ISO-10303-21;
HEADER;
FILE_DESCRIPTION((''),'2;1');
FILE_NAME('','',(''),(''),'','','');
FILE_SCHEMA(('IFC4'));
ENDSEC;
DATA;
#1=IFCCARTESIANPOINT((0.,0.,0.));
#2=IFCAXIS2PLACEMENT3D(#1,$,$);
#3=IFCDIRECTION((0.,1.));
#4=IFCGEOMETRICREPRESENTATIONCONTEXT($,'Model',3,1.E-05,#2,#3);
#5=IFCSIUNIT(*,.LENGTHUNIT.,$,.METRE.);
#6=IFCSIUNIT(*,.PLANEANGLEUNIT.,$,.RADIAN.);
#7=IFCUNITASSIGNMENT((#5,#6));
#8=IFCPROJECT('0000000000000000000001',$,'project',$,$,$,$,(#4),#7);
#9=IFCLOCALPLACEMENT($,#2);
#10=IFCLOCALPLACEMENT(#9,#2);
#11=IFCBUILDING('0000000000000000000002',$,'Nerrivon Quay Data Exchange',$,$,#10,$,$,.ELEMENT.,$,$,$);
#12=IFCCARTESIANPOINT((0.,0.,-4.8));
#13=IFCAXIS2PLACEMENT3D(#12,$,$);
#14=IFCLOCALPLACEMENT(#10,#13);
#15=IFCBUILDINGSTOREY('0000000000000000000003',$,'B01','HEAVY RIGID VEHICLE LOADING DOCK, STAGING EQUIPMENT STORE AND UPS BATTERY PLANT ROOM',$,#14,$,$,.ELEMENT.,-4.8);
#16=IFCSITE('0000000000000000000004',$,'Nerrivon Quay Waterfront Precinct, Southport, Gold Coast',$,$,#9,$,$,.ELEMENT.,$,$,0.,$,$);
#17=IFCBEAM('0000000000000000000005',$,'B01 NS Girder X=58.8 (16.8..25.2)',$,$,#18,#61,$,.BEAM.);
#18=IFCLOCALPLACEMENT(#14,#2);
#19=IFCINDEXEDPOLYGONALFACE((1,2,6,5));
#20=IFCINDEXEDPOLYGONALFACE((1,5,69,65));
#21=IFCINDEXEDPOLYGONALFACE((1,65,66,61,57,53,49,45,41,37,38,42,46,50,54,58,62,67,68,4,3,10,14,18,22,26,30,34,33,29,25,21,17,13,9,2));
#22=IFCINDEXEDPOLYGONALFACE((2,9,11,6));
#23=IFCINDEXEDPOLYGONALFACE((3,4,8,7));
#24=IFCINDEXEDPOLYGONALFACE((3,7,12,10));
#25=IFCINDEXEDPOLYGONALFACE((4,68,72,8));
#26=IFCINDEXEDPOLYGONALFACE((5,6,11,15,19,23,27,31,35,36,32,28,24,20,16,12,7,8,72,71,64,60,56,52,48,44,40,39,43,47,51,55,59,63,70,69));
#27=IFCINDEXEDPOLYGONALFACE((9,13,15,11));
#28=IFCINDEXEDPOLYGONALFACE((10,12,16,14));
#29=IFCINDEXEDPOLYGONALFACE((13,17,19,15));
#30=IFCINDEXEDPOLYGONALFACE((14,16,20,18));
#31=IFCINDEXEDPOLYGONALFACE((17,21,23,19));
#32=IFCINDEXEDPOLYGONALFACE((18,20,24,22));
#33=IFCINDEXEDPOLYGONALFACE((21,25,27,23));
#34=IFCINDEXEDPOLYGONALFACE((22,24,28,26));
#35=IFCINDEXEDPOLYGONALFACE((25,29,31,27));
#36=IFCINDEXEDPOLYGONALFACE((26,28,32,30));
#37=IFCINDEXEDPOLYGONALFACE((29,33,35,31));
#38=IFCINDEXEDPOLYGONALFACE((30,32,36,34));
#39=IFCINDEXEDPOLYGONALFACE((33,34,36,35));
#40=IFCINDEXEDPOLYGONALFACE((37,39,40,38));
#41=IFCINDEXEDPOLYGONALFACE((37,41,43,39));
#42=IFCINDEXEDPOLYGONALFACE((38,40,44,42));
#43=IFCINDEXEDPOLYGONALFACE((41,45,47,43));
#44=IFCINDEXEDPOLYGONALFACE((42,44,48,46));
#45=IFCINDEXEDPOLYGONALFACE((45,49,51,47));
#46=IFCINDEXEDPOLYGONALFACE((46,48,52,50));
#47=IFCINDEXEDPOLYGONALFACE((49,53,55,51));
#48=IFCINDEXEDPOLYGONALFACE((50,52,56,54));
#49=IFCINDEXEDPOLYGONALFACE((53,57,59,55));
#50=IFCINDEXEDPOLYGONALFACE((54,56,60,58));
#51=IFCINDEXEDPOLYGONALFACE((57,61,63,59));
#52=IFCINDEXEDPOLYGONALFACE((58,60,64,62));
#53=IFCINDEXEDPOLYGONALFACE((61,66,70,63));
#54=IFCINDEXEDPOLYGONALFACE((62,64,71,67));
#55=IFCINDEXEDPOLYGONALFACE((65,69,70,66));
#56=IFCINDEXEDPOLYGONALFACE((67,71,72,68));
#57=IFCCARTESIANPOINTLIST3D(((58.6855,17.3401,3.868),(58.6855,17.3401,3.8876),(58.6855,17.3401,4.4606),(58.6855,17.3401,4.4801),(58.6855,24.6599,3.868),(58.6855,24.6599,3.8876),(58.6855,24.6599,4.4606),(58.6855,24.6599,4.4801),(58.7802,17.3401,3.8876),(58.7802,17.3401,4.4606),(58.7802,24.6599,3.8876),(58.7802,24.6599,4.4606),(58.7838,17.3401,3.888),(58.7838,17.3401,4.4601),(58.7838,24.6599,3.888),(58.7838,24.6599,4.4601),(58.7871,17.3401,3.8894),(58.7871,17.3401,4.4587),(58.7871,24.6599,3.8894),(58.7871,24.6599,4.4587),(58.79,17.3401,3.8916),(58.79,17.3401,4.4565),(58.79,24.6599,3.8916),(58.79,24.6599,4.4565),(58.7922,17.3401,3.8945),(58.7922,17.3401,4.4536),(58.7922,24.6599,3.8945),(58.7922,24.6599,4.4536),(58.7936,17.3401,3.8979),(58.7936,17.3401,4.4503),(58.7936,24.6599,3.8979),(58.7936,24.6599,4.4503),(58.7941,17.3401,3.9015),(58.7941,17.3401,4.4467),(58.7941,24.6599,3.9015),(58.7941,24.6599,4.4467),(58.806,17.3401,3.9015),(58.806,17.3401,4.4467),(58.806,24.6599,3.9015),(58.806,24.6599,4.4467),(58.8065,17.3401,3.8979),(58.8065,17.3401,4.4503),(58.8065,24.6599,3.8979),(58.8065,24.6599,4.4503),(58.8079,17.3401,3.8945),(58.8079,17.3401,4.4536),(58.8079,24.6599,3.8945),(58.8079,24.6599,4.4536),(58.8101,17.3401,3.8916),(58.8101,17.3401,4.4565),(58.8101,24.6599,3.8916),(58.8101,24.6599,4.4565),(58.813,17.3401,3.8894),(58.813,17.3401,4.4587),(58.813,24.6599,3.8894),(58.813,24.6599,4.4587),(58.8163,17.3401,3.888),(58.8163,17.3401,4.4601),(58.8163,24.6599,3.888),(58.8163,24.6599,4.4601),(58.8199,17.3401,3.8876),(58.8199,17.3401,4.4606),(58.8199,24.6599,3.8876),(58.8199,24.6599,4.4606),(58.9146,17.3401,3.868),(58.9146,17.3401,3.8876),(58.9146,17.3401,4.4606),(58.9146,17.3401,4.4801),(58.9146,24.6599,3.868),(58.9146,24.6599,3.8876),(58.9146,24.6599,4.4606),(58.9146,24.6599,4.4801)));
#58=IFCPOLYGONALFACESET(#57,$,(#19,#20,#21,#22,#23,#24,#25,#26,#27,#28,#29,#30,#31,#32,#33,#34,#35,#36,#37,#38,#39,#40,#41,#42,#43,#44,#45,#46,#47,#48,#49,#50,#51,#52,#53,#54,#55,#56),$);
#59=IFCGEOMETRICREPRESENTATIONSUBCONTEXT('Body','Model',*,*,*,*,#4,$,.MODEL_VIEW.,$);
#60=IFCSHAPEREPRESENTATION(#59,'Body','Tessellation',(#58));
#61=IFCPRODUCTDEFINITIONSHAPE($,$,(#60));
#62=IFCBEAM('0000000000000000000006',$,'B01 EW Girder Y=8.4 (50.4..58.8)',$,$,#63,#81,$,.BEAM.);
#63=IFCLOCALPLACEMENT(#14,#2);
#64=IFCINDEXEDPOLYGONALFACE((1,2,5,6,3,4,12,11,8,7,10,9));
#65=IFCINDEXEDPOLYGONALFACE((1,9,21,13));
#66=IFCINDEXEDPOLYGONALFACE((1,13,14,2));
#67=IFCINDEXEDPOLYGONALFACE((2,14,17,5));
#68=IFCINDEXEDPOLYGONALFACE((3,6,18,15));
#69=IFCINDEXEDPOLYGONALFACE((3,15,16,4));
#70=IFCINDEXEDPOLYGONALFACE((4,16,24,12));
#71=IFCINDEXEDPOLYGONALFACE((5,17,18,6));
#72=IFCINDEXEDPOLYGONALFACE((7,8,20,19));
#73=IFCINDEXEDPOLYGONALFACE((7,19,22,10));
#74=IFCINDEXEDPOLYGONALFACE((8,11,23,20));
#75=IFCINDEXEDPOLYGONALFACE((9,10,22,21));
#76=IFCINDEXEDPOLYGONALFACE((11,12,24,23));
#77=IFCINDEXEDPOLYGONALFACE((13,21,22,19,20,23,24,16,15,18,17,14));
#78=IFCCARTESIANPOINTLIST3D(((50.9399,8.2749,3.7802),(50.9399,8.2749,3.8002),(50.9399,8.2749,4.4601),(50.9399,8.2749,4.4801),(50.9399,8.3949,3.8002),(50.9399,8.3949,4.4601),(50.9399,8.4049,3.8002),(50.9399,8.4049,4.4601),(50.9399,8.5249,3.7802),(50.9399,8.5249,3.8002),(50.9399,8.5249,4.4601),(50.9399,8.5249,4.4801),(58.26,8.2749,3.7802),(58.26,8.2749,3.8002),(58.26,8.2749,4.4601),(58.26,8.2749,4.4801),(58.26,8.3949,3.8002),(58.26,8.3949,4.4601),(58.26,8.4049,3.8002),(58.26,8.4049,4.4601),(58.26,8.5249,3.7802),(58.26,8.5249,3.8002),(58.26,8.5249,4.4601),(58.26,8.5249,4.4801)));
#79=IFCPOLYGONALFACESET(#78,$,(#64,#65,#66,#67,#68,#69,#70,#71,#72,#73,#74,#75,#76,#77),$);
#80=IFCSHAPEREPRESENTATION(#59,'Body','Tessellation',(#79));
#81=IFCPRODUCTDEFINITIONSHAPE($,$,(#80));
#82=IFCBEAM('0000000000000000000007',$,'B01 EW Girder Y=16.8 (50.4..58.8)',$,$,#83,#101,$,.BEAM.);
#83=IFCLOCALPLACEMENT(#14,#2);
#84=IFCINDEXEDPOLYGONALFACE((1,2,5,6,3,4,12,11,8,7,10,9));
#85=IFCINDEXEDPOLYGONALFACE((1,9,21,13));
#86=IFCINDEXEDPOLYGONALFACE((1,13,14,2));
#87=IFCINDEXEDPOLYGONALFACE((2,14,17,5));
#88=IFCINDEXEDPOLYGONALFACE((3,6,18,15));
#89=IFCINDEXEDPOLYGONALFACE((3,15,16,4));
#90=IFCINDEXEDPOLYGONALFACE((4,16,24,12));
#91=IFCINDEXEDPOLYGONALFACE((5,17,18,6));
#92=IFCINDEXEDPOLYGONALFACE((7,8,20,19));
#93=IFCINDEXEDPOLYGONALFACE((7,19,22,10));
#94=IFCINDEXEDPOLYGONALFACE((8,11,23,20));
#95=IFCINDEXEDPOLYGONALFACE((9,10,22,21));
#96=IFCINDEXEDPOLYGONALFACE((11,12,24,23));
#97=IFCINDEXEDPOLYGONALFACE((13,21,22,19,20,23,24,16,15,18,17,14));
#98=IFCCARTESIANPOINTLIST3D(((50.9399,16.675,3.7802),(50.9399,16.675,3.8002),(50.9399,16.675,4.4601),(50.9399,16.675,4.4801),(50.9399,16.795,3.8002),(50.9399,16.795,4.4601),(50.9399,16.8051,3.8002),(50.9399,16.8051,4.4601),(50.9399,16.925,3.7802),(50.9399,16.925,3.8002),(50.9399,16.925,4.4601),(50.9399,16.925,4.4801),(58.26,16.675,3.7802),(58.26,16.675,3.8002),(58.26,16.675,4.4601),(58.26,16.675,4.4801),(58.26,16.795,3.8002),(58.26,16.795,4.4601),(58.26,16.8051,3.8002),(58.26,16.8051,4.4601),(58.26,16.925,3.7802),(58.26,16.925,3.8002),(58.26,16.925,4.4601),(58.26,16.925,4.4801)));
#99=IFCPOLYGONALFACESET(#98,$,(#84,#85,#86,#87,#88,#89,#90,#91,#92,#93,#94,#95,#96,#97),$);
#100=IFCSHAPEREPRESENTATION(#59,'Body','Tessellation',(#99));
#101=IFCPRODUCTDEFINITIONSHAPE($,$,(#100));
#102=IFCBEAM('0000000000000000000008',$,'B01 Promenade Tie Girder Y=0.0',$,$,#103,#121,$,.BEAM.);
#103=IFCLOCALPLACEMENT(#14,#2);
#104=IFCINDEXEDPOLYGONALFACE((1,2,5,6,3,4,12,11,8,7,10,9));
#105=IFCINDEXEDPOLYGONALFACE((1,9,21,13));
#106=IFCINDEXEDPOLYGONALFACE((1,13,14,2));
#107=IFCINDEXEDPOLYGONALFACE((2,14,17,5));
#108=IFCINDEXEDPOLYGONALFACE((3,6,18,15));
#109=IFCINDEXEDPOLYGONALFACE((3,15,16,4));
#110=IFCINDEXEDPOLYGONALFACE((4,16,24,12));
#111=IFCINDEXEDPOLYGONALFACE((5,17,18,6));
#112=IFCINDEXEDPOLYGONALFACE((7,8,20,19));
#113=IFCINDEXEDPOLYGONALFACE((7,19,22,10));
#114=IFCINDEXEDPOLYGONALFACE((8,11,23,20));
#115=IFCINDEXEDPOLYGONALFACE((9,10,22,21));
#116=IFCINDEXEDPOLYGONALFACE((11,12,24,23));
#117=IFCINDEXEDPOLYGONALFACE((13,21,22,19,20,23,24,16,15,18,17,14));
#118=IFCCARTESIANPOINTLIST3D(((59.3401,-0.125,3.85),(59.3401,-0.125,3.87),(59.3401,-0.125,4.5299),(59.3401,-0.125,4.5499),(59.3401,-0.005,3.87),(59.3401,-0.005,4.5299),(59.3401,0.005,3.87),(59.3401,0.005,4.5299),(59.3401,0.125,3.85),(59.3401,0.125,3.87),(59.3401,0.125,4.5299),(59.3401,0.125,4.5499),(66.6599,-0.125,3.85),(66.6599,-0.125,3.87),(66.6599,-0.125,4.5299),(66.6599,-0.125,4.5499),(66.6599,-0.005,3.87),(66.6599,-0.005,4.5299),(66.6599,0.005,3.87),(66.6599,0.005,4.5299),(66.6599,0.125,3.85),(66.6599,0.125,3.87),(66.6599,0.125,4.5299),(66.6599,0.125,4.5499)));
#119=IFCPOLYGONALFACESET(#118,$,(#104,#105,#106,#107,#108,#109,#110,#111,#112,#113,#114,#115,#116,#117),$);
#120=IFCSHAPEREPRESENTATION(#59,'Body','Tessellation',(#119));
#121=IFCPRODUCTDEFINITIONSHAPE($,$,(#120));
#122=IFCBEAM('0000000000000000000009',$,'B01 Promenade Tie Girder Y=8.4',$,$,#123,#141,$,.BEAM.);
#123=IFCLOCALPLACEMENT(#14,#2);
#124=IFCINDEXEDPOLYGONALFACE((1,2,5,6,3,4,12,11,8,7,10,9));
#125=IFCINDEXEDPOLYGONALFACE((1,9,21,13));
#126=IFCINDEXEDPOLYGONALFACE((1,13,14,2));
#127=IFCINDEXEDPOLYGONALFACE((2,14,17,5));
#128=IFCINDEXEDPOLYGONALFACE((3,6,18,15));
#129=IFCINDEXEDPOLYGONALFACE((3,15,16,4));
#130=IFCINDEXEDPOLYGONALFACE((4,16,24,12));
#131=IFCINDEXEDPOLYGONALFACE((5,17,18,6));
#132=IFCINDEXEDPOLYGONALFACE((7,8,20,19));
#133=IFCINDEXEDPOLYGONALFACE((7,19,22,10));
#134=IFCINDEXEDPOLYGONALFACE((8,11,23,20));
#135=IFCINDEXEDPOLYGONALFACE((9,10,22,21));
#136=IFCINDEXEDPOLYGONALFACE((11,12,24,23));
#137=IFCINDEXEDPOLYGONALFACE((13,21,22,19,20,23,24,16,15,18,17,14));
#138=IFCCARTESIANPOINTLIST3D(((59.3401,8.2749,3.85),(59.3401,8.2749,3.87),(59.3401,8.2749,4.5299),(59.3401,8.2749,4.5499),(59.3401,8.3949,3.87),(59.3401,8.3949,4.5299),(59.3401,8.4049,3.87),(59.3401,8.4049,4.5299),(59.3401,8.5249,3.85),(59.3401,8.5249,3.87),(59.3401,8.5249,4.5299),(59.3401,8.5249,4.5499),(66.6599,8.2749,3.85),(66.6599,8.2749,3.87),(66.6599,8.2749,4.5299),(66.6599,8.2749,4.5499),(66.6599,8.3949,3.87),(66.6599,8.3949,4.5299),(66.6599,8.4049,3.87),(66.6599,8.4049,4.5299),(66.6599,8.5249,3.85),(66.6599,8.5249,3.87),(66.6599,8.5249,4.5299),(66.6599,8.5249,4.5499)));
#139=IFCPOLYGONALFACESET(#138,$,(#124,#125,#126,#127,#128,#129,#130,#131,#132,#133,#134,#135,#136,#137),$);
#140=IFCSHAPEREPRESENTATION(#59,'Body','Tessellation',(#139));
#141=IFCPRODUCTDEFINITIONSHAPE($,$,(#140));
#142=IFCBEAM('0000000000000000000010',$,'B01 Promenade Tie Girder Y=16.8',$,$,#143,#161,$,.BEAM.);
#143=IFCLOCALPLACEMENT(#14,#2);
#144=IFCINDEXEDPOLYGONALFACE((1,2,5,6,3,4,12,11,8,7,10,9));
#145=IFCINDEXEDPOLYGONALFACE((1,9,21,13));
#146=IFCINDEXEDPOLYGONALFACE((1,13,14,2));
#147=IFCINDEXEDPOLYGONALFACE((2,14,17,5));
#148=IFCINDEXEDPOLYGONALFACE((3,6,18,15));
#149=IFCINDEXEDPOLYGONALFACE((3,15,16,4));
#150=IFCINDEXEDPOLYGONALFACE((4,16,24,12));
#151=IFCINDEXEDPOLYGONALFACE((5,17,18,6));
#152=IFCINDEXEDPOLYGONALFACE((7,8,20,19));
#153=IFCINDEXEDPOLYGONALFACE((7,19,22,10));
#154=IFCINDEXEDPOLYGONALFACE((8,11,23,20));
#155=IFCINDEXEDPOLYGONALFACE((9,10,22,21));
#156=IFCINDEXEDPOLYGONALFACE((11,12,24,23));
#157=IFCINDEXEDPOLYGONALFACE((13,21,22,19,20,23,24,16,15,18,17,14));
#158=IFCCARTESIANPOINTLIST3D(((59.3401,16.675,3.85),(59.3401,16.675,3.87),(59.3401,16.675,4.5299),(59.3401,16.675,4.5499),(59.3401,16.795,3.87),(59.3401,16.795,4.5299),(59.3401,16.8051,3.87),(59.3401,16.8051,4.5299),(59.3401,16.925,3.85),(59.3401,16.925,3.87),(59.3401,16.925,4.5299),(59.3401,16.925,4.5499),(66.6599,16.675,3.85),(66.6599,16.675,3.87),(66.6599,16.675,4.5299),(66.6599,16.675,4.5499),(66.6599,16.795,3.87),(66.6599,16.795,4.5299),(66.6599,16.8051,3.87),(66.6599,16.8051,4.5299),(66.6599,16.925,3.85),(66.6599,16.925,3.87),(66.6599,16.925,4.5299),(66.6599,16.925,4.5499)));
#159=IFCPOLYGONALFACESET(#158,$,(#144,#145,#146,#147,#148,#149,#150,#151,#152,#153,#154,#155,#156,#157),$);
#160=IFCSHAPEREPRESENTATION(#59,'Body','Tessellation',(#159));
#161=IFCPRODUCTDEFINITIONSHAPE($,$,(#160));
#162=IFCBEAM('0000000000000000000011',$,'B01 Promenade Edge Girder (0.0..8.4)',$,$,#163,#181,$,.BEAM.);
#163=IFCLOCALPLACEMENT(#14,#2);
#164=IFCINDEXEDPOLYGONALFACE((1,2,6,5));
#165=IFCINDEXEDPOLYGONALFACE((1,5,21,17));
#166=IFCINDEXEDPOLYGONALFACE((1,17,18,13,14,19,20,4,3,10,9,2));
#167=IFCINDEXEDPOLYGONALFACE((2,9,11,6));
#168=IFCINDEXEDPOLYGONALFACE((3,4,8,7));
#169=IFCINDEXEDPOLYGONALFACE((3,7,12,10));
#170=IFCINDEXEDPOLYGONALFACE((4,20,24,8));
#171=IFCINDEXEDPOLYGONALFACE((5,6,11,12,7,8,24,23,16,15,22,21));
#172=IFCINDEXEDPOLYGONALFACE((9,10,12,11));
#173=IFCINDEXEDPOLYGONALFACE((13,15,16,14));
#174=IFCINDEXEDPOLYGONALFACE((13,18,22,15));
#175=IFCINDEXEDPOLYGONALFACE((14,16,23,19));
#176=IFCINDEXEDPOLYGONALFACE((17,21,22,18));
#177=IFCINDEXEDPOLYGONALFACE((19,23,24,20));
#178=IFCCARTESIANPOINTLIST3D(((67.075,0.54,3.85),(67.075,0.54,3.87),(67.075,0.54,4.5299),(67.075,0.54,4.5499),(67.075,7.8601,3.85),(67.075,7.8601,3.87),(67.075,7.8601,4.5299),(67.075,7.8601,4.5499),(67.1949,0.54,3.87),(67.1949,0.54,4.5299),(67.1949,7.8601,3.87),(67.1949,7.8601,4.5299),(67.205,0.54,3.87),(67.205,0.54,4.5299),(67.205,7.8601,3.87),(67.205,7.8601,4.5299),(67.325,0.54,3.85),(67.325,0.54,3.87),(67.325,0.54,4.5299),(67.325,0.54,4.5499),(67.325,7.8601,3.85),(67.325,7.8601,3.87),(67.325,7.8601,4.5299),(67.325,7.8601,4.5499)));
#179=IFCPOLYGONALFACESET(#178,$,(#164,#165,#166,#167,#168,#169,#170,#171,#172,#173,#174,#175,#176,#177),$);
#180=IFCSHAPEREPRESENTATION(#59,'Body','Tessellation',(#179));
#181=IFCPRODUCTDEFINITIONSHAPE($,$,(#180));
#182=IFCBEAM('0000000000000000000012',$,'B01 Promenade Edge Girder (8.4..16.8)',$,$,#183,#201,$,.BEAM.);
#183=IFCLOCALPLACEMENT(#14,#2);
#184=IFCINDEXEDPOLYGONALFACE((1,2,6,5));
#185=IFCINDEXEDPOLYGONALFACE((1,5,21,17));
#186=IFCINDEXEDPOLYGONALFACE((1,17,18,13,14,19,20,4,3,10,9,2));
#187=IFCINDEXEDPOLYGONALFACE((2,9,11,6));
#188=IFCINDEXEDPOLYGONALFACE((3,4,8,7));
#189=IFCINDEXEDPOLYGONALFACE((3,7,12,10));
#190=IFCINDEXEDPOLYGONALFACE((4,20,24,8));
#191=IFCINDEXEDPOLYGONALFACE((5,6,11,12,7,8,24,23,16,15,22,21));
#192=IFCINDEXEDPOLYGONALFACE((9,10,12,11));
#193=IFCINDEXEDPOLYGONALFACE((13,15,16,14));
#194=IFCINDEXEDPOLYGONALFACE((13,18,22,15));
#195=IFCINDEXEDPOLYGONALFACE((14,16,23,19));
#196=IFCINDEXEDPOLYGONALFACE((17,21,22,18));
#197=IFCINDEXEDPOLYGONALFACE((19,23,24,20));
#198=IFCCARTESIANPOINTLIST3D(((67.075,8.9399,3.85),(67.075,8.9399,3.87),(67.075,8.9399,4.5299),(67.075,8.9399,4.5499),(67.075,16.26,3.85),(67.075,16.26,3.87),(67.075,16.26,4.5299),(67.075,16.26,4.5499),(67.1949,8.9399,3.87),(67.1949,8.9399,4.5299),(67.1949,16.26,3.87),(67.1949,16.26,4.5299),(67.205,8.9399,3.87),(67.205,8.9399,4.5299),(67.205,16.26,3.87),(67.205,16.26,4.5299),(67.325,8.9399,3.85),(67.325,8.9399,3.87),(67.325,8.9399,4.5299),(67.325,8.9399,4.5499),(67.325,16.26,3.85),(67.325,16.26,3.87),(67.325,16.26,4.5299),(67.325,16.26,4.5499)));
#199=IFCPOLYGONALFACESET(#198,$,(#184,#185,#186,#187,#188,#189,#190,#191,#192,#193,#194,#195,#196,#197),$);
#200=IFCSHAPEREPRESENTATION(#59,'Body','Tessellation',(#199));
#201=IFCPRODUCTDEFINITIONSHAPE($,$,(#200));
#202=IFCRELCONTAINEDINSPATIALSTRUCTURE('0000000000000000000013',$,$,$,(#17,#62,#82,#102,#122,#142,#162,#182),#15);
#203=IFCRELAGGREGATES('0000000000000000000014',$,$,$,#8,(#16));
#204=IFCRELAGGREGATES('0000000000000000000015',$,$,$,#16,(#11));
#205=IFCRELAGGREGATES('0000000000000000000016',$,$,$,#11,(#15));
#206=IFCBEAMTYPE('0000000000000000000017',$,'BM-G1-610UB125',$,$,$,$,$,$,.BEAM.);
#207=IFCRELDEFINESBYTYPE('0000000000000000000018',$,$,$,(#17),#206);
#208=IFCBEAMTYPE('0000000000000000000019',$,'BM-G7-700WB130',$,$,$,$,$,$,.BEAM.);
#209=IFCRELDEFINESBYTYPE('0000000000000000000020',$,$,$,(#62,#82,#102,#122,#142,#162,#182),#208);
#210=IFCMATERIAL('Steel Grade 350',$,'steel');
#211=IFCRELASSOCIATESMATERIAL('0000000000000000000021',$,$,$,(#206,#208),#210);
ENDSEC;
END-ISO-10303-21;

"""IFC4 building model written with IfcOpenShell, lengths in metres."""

from ifc_helpers import new_model, si_unit, direction, frame, origin, origin_2d, place, context, subcontext, project, spatial, i_section, extrude, material, material_profile, profile_set, type_object, element, save


model = new_model("IFC4")

# Units and contexts
model_context = context("Model", 3, precision=1e-05, world=origin(), true_north=direction((0.0, 1.0)))
body_context = subcontext(model_context, "Body", "Model", "MODEL_VIEW")
ifc_project = project(units=[si_unit("LENGTHUNIT", "METRE"), si_unit("PLANEANGLEUNIT", "RADIAN")], contexts=[model_context])

# Site, building, storey
site_placement = place(None, origin())
site = spatial("IfcSite", under=ifc_project, at=site_placement, Name="Nerrivon Quay Waterfront Precinct, Southport, Gold Coast", CompositionType="ELEMENT", RefElevation=0.0)
building_placement = place(site_placement, origin())
building = spatial("IfcBuilding", under=site, at=building_placement, Name="Nerrivon Quay Data Exchange", CompositionType="ELEMENT")
storey_placement = place(building_placement, frame((0.0, 0.0, -4.8)))
storey = spatial("IfcBuildingStorey", under=building, at=storey_placement, Name="B01", Description="HEAVY RIGID VEHICLE LOADING DOCK, STAGING EQUIPMENT STORE AND UPS BATTERY PLANT ROOM", CompositionType="ELEMENT", Elevation=-4.8)

# Beams
ifc_material_1 = material(Name="Steel Grade 350", Category="steel")
ifc_material_profile_1 = material_profile(ifc_material_1, i_section(OverallWidth=0.229, OverallDepth=0.6121, WebThickness=0.012, FlangeThickness=0.0195, FilletRadius=0.0139, at=origin_2d()), Name="610UB125")
ifc_profile_set_1 = profile_set([ifc_material_profile_1], Name="Steel Grade 350")
beam_type_1 = type_object("IfcBeamType", Name="BM-G1-610UB125", PredefinedType="BEAM", material=ifc_profile_set_1)
beam_1_placement = place(storey_placement, frame((58.8, 17.3401, 4.1741), z_axis=(0.0, 1.0, 0.0), x_axis=(-1.0, 0.0, 0.0)))
element("IfcBeam", 1, at=beam_1_placement, inside=storey, type_object=beam_type_1, Name="B01 NS Girder X=58.8 (16.8..25.2)", PredefinedType="BEAM", context=body_context, shape_type="SweptSolid", body=[
    extrude(i_section(OverallWidth=0.229, OverallDepth=0.6121, WebThickness=0.012, FlangeThickness=0.0195, FilletRadius=0.0139, at=origin_2d()), origin(), (0.0, 0.0, 1.0), 7.3198),
])
ifc_material_profile_2 = material_profile(ifc_material_1, i_section(OverallWidth=0.25, OverallDepth=0.7, WebThickness=0.01, FlangeThickness=0.02, at=origin_2d()), Name="700WB130")
ifc_profile_set_2 = profile_set([ifc_material_profile_2], Name="Steel Grade 350")
beam_type_2 = type_object("IfcBeamType", Name="BM-G7-700WB130", PredefinedType="BEAM", material=ifc_profile_set_2)
for number, where, z_axis, x_axis, name in (
    (2, (50.9399, 8.3999, 4.1301), (1.0, 0.0, 0.0), (0.0, 1.0, 0.0), "B01 EW Girder Y=8.4 (50.4..58.8)"),
    (3, (50.9399, 16.8, 4.1301), (1.0, 0.0, 0.0), (0.0, 1.0, 0.0), "B01 EW Girder Y=16.8 (50.4..58.8)"),
):
    element("IfcBeam", number, at=place(storey_placement, frame(where, z_axis=z_axis, x_axis=x_axis)), inside=storey, type_object=beam_type_2, Name=name, PredefinedType="BEAM", context=body_context, shape_type="SweptSolid", body=[
        extrude(i_section(OverallWidth=0.25, OverallDepth=0.7, WebThickness=0.01, FlangeThickness=0.02, at=origin_2d()), origin(), (0.0, 0.0, 1.0), 7.3201),
    ])
for number, where, z_axis, x_axis, name in (
    (4, (59.3401, 0.0, 4.2), (1.0, 0.0, 0.0), (0.0, 1.0, 0.0), "B01 Promenade Tie Girder Y=0.0"),
    (5, (59.3401, 8.3999, 4.2), (1.0, 0.0, 0.0), (0.0, 1.0, 0.0), "B01 Promenade Tie Girder Y=8.4"),
    (6, (59.3401, 16.8, 4.2), (1.0, 0.0, 0.0), (0.0, 1.0, 0.0), "B01 Promenade Tie Girder Y=16.8"),
):
    element("IfcBeam", number, at=place(storey_placement, frame(where, z_axis=z_axis, x_axis=x_axis)), inside=storey, type_object=beam_type_2, Name=name, PredefinedType="BEAM", context=body_context, shape_type="SweptSolid", body=[
        extrude(i_section(OverallWidth=0.25, OverallDepth=0.7, WebThickness=0.01, FlangeThickness=0.02, at=origin_2d()), origin(), (0.0, 0.0, 1.0), 7.3198),
    ])
for number, where, z_axis, x_axis, name in (
    (7, (67.2, 0.54, 4.2), (0.0, 1.0, 0.0), (-1.0, 0.0, 0.0), "B01 Promenade Edge Girder (0.0..8.4)"),
    (8, (67.2, 8.9399, 4.2), (0.0, 1.0, 0.0), (-1.0, 0.0, 0.0), "B01 Promenade Edge Girder (8.4..16.8)"),
):
    element("IfcBeam", number, at=place(storey_placement, frame(where, z_axis=z_axis, x_axis=x_axis)), inside=storey, type_object=beam_type_2, Name=name, PredefinedType="BEAM", context=body_context, shape_type="SweptSolid", body=[
        extrude(i_section(OverallWidth=0.25, OverallDepth=0.7, WebThickness=0.01, FlangeThickness=0.02, at=origin_2d()), origin(), (0.0, 0.0, 1.0), 7.3201),
    ])

save(model, "model.ifc")
